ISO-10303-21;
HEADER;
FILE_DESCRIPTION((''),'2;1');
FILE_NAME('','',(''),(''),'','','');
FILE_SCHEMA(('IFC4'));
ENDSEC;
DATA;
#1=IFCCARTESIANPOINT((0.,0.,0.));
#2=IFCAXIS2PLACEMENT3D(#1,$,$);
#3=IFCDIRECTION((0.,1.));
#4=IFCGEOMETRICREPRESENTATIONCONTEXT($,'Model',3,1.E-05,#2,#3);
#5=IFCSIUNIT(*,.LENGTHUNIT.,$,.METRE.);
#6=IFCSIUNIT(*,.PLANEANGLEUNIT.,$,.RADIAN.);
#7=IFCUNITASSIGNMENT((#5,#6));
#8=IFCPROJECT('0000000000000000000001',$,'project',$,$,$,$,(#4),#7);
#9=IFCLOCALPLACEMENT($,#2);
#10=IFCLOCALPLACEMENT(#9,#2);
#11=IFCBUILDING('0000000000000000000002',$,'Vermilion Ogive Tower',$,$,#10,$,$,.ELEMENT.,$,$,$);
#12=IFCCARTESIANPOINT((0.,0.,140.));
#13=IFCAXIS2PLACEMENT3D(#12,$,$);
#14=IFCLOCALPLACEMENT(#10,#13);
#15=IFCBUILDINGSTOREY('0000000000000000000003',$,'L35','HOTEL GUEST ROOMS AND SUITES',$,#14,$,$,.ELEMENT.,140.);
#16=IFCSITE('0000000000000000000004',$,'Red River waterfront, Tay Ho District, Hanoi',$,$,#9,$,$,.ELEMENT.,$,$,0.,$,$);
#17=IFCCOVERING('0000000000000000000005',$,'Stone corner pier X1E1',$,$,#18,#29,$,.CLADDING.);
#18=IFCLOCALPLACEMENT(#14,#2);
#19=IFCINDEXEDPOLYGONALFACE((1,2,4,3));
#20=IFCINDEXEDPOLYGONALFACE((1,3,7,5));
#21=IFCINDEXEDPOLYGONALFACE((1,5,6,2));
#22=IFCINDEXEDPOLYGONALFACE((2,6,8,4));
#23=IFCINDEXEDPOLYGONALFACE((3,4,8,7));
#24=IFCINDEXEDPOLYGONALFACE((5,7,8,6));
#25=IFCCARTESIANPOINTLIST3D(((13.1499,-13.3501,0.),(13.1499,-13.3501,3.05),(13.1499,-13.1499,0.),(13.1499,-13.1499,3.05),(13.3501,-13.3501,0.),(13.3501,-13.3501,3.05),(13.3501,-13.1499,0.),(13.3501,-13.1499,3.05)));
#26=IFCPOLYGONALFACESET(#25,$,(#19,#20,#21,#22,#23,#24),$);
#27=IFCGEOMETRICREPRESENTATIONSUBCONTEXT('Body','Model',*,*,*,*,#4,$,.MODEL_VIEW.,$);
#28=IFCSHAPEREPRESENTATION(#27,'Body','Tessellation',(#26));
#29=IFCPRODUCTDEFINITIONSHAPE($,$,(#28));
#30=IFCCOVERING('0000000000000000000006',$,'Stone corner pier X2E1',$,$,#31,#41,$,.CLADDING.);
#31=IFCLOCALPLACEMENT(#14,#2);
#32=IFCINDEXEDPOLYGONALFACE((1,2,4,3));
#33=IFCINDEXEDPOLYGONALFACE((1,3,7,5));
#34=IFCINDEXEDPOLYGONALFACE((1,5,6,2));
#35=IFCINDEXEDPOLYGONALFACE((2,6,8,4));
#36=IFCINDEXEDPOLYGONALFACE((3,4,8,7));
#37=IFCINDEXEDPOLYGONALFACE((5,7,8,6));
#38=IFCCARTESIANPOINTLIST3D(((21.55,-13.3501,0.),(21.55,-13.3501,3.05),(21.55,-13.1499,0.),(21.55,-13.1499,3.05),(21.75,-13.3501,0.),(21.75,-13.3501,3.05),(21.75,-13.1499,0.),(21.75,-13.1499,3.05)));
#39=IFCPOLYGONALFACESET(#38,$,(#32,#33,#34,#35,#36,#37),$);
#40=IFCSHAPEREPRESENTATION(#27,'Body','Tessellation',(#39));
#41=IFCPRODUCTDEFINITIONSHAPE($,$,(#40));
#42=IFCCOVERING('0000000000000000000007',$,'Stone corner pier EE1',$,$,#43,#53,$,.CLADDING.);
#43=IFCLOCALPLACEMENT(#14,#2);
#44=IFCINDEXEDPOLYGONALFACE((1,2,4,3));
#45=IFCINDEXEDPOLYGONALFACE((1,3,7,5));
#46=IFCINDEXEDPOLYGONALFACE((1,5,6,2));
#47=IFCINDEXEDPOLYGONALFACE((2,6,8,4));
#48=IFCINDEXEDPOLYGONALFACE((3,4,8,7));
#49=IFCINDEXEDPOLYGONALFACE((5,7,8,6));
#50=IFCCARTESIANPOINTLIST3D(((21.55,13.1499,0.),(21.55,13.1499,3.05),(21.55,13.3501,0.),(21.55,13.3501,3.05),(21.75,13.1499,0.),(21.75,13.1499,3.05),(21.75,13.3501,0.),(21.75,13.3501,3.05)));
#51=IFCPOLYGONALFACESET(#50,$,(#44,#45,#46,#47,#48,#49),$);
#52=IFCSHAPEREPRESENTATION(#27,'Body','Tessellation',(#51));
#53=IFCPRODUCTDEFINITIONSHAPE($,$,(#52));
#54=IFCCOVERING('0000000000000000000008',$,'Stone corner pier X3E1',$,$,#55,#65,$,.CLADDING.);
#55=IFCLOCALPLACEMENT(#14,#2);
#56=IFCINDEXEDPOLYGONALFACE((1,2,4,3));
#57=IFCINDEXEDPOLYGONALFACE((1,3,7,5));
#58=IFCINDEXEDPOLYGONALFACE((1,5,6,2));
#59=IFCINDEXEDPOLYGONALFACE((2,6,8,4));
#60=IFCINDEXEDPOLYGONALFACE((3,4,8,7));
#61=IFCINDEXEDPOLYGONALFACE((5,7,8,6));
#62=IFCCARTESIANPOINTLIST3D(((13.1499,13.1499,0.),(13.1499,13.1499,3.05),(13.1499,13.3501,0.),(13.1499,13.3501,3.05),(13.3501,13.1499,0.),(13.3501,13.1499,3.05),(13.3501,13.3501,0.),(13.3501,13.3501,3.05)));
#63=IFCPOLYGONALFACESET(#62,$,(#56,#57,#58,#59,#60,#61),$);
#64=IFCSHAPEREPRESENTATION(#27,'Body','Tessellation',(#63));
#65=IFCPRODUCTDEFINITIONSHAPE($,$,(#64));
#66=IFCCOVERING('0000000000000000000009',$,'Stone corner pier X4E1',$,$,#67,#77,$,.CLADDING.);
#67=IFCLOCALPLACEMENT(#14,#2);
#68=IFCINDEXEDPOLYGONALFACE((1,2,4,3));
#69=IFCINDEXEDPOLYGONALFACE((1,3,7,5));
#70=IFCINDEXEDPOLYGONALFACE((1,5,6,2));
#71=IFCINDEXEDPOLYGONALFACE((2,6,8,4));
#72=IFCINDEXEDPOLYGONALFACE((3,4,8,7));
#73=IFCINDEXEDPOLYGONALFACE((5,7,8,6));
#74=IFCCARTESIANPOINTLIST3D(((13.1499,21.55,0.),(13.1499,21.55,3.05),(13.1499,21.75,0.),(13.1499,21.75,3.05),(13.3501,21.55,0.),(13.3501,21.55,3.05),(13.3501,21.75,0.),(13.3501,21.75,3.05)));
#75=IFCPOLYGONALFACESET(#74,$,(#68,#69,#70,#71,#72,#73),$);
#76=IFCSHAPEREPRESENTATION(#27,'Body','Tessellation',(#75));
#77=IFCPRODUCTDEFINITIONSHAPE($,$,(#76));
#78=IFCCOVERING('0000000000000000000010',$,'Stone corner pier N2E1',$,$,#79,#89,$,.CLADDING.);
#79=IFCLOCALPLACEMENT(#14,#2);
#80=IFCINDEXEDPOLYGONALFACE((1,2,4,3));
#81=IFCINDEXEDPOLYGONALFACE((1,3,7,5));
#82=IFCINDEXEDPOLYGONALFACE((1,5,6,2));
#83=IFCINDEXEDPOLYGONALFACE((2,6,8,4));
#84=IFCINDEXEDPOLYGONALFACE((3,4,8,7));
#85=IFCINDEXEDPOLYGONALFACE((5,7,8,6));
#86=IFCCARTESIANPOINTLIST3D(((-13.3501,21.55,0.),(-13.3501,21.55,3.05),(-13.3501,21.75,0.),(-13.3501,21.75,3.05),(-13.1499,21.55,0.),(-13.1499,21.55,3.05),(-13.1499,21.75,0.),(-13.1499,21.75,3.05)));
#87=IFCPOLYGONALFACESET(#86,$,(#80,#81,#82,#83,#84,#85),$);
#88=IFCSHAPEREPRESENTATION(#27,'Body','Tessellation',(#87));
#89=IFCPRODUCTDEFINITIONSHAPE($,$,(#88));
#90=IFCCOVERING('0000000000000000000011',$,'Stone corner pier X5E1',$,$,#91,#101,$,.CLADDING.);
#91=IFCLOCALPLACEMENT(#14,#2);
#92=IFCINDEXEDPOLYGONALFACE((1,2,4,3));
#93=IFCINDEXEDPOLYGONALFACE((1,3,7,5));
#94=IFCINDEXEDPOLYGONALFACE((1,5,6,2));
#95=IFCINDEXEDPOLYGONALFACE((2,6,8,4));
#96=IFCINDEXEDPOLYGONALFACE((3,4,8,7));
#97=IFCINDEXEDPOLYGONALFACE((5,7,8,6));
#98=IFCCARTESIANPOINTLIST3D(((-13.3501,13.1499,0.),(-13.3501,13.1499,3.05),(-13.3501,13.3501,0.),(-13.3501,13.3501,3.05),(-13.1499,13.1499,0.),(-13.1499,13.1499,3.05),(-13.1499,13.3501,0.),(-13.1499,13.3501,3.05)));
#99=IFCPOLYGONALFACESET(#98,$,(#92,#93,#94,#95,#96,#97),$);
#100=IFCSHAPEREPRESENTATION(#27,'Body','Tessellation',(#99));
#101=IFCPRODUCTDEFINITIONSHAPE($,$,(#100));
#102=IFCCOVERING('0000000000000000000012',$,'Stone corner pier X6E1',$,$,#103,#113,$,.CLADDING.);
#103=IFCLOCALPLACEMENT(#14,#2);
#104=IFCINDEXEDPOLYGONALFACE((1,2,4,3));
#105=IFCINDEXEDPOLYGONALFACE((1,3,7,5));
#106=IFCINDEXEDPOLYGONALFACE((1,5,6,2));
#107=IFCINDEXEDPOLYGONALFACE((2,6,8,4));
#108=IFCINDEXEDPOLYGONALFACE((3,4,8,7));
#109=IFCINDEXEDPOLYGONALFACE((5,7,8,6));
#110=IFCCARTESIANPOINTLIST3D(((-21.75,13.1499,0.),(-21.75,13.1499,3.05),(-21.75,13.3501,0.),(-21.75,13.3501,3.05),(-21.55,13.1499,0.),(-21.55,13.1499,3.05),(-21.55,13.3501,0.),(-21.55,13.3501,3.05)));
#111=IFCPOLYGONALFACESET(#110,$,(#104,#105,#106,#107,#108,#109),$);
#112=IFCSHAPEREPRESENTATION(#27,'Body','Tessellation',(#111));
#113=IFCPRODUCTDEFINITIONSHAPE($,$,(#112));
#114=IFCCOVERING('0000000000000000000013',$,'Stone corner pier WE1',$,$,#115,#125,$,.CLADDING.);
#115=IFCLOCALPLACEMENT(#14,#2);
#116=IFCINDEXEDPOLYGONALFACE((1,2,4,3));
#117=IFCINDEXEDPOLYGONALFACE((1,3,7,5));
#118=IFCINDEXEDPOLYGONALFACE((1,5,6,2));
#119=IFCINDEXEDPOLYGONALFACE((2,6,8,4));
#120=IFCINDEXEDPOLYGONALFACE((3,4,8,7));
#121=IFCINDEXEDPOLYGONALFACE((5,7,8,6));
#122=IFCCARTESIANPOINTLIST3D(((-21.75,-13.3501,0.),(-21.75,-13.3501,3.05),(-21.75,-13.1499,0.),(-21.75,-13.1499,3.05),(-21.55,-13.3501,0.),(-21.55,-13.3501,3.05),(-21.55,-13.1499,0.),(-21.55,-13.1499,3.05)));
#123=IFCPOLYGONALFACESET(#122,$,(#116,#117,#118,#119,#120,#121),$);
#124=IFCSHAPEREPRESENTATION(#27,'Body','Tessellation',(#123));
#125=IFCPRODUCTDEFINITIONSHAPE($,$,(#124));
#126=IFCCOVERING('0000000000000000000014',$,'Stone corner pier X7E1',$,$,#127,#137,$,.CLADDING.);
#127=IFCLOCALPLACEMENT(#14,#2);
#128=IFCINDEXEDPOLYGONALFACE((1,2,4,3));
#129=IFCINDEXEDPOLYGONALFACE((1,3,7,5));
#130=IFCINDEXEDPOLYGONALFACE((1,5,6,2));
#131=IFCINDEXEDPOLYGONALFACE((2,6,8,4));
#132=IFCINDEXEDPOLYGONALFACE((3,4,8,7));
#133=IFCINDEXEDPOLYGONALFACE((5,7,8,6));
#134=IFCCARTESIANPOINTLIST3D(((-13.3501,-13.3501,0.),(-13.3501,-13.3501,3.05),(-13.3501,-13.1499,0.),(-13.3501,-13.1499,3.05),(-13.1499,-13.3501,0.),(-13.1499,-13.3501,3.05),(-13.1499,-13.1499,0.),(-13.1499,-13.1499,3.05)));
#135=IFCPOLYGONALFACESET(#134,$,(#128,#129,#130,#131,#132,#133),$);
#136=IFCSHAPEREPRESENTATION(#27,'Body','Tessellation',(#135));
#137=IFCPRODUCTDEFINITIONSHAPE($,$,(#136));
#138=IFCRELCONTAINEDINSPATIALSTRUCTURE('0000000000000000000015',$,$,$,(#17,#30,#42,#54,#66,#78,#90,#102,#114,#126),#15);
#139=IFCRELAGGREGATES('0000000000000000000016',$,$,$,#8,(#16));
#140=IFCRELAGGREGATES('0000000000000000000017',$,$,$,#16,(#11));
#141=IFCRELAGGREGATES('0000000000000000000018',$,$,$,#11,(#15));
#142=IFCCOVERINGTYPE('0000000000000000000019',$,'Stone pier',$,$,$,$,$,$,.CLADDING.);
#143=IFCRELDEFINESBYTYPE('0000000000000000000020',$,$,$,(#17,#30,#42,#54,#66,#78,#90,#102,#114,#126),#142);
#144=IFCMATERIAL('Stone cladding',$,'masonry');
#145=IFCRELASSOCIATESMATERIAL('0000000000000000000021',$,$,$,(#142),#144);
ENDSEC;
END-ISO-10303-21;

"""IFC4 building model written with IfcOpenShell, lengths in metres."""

from ifc_helpers import new_model, si_unit, direction, frame, origin, place, context, subcontext, project, spatial, polyline, outline, extrude, material, type_object, element, save


model = new_model("IFC4")

# Units and contexts
model_context = context("Model", 3, precision=1e-05, world=origin(), true_north=direction((0.0, 1.0)))
body_context = subcontext(model_context, "Body", "Model", "MODEL_VIEW")
ifc_project = project(units=[si_unit("LENGTHUNIT", "METRE"), si_unit("PLANEANGLEUNIT", "RADIAN")], contexts=[model_context])

# Site, building, storey
site_placement = place(None, origin())
site = spatial("IfcSite", under=ifc_project, at=site_placement, Name="Red River waterfront, Tay Ho District, Hanoi", CompositionType="ELEMENT", RefElevation=0.0)
building_placement = place(site_placement, origin())
building = spatial("IfcBuilding", under=site, at=building_placement, Name="Vermilion Ogive Tower", CompositionType="ELEMENT")
storey_placement = place(building_placement, frame((0.0, 0.0, 140.0)))
storey = spatial("IfcBuildingStorey", under=building, at=storey_placement, Name="L35", Description="HOTEL GUEST ROOMS AND SUITES", CompositionType="ELEMENT", Elevation=140.0)

# Coverings
ifc_material_1 = material(Name="Stone cladding", Category="masonry")
covering_type = type_object("IfcCoveringType", Name="Stone pier", PredefinedType="CLADDING", material=ifc_material_1)
covering_1_placement = place(storey_placement, origin())
element("IfcCovering", 1, at=covering_1_placement, inside=storey, type_object=covering_type, Name="Stone corner pier X1E1", PredefinedType="CLADDING", context=body_context, shape_type="SweptSolid", body=[
    extrude(outline(polyline([(13.1499, -13.1499), (13.3501, -13.1499), (13.3501, -13.3501), (13.1499, -13.3501), (13.1499, -13.1499)])), origin(), (0.0, 0.0, 1.0), 3.05),
])
covering_2_placement = place(storey_placement, origin())
element("IfcCovering", 2, at=covering_2_placement, inside=storey, type_object=covering_type, Name="Stone corner pier X2E1", PredefinedType="CLADDING", context=body_context, shape_type="SweptSolid", body=[
    extrude(outline(polyline([(21.55, -13.3501), (21.55, -13.1499), (21.75, -13.1499), (21.75, -13.3501), (21.55, -13.3501)])), origin(), (0.0, 0.0, 1.0), 3.05),
])
covering_3_placement = place(storey_placement, origin())
element("IfcCovering", 3, at=covering_3_placement, inside=storey, type_object=covering_type, Name="Stone corner pier EE1", PredefinedType="CLADDING", context=body_context, shape_type="SweptSolid", body=[
    extrude(outline(polyline([(21.75, 13.1499), (21.55, 13.1499), (21.55, 13.3501), (21.75, 13.3501), (21.75, 13.1499)])), origin(), (0.0, 0.0, 1.0), 3.05),
])
covering_4_placement = place(storey_placement, origin())
element("IfcCovering", 4, at=covering_4_placement, inside=storey, type_object=covering_type, Name="Stone corner pier X3E1", PredefinedType="CLADDING", context=body_context, shape_type="SweptSolid", body=[
    extrude(outline(polyline([(13.1499, 13.1499), (13.1499, 13.3501), (13.3501, 13.3501), (13.3501, 13.1499), (13.1499, 13.1499)])), origin(), (0.0, 0.0, 1.0), 3.05),
])
covering_5_placement = place(storey_placement, origin())
element("IfcCovering", 5, at=covering_5_placement, inside=storey, type_object=covering_type, Name="Stone corner pier X4E1", PredefinedType="CLADDING", context=body_context, shape_type="SweptSolid", body=[
    extrude(outline(polyline([(13.3501, 21.55), (13.1499, 21.55), (13.1499, 21.75), (13.3501, 21.75), (13.3501, 21.55)])), origin(), (0.0, 0.0, 1.0), 3.05),
])
covering_6_placement = place(storey_placement, origin())
element("IfcCovering", 6, at=covering_6_placement, inside=storey, type_object=covering_type, Name="Stone corner pier N2E1", PredefinedType="CLADDING", context=body_context, shape_type="SweptSolid", body=[
    extrude(outline(polyline([(-13.1499, 21.75), (-13.1499, 21.55), (-13.3501, 21.55), (-13.3501, 21.75), (-13.1499, 21.75)])), origin(), (0.0, 0.0, 1.0), 3.05),
])
covering_7_placement = place(storey_placement, origin())
element("IfcCovering", 7, at=covering_7_placement, inside=storey, type_object=covering_type, Name="Stone corner pier X5E1", PredefinedType="CLADDING", context=body_context, shape_type="SweptSolid", body=[
    extrude(outline(polyline([(-13.1499, 13.1499), (-13.3501, 13.1499), (-13.3501, 13.3501), (-13.1499, 13.3501), (-13.1499, 13.1499)])), origin(), (0.0, 0.0, 1.0), 3.05),
])
covering_8_placement = place(storey_placement, origin())
element("IfcCovering", 8, at=covering_8_placement, inside=storey, type_object=covering_type, Name="Stone corner pier X6E1", PredefinedType="CLADDING", context=body_context, shape_type="SweptSolid", body=[
    extrude(outline(polyline([(-21.55, 13.3501), (-21.55, 13.1499), (-21.75, 13.1499), (-21.75, 13.3501), (-21.55, 13.3501)])), origin(), (0.0, 0.0, 1.0), 3.05),
])
covering_9_placement = place(storey_placement, origin())
element("IfcCovering", 9, at=covering_9_placement, inside=storey, type_object=covering_type, Name="Stone corner pier WE1", PredefinedType="CLADDING", context=body_context, shape_type="SweptSolid", body=[
    extrude(outline(polyline([(-21.75, -13.1499), (-21.55, -13.1499), (-21.55, -13.3501), (-21.75, -13.3501), (-21.75, -13.1499)])), origin(), (0.0, 0.0, 1.0), 3.05),
])
covering_10_placement = place(storey_placement, origin())
element("IfcCovering", 10, at=covering_10_placement, inside=storey, type_object=covering_type, Name="Stone corner pier X7E1", PredefinedType="CLADDING", context=body_context, shape_type="SweptSolid", body=[
    extrude(outline(polyline([(-13.1499, -13.1499), (-13.1499, -13.3501), (-13.3501, -13.3501), (-13.3501, -13.1499), (-13.1499, -13.1499)])), origin(), (0.0, 0.0, 1.0), 3.05),
])

save(model, "model.ifc")
